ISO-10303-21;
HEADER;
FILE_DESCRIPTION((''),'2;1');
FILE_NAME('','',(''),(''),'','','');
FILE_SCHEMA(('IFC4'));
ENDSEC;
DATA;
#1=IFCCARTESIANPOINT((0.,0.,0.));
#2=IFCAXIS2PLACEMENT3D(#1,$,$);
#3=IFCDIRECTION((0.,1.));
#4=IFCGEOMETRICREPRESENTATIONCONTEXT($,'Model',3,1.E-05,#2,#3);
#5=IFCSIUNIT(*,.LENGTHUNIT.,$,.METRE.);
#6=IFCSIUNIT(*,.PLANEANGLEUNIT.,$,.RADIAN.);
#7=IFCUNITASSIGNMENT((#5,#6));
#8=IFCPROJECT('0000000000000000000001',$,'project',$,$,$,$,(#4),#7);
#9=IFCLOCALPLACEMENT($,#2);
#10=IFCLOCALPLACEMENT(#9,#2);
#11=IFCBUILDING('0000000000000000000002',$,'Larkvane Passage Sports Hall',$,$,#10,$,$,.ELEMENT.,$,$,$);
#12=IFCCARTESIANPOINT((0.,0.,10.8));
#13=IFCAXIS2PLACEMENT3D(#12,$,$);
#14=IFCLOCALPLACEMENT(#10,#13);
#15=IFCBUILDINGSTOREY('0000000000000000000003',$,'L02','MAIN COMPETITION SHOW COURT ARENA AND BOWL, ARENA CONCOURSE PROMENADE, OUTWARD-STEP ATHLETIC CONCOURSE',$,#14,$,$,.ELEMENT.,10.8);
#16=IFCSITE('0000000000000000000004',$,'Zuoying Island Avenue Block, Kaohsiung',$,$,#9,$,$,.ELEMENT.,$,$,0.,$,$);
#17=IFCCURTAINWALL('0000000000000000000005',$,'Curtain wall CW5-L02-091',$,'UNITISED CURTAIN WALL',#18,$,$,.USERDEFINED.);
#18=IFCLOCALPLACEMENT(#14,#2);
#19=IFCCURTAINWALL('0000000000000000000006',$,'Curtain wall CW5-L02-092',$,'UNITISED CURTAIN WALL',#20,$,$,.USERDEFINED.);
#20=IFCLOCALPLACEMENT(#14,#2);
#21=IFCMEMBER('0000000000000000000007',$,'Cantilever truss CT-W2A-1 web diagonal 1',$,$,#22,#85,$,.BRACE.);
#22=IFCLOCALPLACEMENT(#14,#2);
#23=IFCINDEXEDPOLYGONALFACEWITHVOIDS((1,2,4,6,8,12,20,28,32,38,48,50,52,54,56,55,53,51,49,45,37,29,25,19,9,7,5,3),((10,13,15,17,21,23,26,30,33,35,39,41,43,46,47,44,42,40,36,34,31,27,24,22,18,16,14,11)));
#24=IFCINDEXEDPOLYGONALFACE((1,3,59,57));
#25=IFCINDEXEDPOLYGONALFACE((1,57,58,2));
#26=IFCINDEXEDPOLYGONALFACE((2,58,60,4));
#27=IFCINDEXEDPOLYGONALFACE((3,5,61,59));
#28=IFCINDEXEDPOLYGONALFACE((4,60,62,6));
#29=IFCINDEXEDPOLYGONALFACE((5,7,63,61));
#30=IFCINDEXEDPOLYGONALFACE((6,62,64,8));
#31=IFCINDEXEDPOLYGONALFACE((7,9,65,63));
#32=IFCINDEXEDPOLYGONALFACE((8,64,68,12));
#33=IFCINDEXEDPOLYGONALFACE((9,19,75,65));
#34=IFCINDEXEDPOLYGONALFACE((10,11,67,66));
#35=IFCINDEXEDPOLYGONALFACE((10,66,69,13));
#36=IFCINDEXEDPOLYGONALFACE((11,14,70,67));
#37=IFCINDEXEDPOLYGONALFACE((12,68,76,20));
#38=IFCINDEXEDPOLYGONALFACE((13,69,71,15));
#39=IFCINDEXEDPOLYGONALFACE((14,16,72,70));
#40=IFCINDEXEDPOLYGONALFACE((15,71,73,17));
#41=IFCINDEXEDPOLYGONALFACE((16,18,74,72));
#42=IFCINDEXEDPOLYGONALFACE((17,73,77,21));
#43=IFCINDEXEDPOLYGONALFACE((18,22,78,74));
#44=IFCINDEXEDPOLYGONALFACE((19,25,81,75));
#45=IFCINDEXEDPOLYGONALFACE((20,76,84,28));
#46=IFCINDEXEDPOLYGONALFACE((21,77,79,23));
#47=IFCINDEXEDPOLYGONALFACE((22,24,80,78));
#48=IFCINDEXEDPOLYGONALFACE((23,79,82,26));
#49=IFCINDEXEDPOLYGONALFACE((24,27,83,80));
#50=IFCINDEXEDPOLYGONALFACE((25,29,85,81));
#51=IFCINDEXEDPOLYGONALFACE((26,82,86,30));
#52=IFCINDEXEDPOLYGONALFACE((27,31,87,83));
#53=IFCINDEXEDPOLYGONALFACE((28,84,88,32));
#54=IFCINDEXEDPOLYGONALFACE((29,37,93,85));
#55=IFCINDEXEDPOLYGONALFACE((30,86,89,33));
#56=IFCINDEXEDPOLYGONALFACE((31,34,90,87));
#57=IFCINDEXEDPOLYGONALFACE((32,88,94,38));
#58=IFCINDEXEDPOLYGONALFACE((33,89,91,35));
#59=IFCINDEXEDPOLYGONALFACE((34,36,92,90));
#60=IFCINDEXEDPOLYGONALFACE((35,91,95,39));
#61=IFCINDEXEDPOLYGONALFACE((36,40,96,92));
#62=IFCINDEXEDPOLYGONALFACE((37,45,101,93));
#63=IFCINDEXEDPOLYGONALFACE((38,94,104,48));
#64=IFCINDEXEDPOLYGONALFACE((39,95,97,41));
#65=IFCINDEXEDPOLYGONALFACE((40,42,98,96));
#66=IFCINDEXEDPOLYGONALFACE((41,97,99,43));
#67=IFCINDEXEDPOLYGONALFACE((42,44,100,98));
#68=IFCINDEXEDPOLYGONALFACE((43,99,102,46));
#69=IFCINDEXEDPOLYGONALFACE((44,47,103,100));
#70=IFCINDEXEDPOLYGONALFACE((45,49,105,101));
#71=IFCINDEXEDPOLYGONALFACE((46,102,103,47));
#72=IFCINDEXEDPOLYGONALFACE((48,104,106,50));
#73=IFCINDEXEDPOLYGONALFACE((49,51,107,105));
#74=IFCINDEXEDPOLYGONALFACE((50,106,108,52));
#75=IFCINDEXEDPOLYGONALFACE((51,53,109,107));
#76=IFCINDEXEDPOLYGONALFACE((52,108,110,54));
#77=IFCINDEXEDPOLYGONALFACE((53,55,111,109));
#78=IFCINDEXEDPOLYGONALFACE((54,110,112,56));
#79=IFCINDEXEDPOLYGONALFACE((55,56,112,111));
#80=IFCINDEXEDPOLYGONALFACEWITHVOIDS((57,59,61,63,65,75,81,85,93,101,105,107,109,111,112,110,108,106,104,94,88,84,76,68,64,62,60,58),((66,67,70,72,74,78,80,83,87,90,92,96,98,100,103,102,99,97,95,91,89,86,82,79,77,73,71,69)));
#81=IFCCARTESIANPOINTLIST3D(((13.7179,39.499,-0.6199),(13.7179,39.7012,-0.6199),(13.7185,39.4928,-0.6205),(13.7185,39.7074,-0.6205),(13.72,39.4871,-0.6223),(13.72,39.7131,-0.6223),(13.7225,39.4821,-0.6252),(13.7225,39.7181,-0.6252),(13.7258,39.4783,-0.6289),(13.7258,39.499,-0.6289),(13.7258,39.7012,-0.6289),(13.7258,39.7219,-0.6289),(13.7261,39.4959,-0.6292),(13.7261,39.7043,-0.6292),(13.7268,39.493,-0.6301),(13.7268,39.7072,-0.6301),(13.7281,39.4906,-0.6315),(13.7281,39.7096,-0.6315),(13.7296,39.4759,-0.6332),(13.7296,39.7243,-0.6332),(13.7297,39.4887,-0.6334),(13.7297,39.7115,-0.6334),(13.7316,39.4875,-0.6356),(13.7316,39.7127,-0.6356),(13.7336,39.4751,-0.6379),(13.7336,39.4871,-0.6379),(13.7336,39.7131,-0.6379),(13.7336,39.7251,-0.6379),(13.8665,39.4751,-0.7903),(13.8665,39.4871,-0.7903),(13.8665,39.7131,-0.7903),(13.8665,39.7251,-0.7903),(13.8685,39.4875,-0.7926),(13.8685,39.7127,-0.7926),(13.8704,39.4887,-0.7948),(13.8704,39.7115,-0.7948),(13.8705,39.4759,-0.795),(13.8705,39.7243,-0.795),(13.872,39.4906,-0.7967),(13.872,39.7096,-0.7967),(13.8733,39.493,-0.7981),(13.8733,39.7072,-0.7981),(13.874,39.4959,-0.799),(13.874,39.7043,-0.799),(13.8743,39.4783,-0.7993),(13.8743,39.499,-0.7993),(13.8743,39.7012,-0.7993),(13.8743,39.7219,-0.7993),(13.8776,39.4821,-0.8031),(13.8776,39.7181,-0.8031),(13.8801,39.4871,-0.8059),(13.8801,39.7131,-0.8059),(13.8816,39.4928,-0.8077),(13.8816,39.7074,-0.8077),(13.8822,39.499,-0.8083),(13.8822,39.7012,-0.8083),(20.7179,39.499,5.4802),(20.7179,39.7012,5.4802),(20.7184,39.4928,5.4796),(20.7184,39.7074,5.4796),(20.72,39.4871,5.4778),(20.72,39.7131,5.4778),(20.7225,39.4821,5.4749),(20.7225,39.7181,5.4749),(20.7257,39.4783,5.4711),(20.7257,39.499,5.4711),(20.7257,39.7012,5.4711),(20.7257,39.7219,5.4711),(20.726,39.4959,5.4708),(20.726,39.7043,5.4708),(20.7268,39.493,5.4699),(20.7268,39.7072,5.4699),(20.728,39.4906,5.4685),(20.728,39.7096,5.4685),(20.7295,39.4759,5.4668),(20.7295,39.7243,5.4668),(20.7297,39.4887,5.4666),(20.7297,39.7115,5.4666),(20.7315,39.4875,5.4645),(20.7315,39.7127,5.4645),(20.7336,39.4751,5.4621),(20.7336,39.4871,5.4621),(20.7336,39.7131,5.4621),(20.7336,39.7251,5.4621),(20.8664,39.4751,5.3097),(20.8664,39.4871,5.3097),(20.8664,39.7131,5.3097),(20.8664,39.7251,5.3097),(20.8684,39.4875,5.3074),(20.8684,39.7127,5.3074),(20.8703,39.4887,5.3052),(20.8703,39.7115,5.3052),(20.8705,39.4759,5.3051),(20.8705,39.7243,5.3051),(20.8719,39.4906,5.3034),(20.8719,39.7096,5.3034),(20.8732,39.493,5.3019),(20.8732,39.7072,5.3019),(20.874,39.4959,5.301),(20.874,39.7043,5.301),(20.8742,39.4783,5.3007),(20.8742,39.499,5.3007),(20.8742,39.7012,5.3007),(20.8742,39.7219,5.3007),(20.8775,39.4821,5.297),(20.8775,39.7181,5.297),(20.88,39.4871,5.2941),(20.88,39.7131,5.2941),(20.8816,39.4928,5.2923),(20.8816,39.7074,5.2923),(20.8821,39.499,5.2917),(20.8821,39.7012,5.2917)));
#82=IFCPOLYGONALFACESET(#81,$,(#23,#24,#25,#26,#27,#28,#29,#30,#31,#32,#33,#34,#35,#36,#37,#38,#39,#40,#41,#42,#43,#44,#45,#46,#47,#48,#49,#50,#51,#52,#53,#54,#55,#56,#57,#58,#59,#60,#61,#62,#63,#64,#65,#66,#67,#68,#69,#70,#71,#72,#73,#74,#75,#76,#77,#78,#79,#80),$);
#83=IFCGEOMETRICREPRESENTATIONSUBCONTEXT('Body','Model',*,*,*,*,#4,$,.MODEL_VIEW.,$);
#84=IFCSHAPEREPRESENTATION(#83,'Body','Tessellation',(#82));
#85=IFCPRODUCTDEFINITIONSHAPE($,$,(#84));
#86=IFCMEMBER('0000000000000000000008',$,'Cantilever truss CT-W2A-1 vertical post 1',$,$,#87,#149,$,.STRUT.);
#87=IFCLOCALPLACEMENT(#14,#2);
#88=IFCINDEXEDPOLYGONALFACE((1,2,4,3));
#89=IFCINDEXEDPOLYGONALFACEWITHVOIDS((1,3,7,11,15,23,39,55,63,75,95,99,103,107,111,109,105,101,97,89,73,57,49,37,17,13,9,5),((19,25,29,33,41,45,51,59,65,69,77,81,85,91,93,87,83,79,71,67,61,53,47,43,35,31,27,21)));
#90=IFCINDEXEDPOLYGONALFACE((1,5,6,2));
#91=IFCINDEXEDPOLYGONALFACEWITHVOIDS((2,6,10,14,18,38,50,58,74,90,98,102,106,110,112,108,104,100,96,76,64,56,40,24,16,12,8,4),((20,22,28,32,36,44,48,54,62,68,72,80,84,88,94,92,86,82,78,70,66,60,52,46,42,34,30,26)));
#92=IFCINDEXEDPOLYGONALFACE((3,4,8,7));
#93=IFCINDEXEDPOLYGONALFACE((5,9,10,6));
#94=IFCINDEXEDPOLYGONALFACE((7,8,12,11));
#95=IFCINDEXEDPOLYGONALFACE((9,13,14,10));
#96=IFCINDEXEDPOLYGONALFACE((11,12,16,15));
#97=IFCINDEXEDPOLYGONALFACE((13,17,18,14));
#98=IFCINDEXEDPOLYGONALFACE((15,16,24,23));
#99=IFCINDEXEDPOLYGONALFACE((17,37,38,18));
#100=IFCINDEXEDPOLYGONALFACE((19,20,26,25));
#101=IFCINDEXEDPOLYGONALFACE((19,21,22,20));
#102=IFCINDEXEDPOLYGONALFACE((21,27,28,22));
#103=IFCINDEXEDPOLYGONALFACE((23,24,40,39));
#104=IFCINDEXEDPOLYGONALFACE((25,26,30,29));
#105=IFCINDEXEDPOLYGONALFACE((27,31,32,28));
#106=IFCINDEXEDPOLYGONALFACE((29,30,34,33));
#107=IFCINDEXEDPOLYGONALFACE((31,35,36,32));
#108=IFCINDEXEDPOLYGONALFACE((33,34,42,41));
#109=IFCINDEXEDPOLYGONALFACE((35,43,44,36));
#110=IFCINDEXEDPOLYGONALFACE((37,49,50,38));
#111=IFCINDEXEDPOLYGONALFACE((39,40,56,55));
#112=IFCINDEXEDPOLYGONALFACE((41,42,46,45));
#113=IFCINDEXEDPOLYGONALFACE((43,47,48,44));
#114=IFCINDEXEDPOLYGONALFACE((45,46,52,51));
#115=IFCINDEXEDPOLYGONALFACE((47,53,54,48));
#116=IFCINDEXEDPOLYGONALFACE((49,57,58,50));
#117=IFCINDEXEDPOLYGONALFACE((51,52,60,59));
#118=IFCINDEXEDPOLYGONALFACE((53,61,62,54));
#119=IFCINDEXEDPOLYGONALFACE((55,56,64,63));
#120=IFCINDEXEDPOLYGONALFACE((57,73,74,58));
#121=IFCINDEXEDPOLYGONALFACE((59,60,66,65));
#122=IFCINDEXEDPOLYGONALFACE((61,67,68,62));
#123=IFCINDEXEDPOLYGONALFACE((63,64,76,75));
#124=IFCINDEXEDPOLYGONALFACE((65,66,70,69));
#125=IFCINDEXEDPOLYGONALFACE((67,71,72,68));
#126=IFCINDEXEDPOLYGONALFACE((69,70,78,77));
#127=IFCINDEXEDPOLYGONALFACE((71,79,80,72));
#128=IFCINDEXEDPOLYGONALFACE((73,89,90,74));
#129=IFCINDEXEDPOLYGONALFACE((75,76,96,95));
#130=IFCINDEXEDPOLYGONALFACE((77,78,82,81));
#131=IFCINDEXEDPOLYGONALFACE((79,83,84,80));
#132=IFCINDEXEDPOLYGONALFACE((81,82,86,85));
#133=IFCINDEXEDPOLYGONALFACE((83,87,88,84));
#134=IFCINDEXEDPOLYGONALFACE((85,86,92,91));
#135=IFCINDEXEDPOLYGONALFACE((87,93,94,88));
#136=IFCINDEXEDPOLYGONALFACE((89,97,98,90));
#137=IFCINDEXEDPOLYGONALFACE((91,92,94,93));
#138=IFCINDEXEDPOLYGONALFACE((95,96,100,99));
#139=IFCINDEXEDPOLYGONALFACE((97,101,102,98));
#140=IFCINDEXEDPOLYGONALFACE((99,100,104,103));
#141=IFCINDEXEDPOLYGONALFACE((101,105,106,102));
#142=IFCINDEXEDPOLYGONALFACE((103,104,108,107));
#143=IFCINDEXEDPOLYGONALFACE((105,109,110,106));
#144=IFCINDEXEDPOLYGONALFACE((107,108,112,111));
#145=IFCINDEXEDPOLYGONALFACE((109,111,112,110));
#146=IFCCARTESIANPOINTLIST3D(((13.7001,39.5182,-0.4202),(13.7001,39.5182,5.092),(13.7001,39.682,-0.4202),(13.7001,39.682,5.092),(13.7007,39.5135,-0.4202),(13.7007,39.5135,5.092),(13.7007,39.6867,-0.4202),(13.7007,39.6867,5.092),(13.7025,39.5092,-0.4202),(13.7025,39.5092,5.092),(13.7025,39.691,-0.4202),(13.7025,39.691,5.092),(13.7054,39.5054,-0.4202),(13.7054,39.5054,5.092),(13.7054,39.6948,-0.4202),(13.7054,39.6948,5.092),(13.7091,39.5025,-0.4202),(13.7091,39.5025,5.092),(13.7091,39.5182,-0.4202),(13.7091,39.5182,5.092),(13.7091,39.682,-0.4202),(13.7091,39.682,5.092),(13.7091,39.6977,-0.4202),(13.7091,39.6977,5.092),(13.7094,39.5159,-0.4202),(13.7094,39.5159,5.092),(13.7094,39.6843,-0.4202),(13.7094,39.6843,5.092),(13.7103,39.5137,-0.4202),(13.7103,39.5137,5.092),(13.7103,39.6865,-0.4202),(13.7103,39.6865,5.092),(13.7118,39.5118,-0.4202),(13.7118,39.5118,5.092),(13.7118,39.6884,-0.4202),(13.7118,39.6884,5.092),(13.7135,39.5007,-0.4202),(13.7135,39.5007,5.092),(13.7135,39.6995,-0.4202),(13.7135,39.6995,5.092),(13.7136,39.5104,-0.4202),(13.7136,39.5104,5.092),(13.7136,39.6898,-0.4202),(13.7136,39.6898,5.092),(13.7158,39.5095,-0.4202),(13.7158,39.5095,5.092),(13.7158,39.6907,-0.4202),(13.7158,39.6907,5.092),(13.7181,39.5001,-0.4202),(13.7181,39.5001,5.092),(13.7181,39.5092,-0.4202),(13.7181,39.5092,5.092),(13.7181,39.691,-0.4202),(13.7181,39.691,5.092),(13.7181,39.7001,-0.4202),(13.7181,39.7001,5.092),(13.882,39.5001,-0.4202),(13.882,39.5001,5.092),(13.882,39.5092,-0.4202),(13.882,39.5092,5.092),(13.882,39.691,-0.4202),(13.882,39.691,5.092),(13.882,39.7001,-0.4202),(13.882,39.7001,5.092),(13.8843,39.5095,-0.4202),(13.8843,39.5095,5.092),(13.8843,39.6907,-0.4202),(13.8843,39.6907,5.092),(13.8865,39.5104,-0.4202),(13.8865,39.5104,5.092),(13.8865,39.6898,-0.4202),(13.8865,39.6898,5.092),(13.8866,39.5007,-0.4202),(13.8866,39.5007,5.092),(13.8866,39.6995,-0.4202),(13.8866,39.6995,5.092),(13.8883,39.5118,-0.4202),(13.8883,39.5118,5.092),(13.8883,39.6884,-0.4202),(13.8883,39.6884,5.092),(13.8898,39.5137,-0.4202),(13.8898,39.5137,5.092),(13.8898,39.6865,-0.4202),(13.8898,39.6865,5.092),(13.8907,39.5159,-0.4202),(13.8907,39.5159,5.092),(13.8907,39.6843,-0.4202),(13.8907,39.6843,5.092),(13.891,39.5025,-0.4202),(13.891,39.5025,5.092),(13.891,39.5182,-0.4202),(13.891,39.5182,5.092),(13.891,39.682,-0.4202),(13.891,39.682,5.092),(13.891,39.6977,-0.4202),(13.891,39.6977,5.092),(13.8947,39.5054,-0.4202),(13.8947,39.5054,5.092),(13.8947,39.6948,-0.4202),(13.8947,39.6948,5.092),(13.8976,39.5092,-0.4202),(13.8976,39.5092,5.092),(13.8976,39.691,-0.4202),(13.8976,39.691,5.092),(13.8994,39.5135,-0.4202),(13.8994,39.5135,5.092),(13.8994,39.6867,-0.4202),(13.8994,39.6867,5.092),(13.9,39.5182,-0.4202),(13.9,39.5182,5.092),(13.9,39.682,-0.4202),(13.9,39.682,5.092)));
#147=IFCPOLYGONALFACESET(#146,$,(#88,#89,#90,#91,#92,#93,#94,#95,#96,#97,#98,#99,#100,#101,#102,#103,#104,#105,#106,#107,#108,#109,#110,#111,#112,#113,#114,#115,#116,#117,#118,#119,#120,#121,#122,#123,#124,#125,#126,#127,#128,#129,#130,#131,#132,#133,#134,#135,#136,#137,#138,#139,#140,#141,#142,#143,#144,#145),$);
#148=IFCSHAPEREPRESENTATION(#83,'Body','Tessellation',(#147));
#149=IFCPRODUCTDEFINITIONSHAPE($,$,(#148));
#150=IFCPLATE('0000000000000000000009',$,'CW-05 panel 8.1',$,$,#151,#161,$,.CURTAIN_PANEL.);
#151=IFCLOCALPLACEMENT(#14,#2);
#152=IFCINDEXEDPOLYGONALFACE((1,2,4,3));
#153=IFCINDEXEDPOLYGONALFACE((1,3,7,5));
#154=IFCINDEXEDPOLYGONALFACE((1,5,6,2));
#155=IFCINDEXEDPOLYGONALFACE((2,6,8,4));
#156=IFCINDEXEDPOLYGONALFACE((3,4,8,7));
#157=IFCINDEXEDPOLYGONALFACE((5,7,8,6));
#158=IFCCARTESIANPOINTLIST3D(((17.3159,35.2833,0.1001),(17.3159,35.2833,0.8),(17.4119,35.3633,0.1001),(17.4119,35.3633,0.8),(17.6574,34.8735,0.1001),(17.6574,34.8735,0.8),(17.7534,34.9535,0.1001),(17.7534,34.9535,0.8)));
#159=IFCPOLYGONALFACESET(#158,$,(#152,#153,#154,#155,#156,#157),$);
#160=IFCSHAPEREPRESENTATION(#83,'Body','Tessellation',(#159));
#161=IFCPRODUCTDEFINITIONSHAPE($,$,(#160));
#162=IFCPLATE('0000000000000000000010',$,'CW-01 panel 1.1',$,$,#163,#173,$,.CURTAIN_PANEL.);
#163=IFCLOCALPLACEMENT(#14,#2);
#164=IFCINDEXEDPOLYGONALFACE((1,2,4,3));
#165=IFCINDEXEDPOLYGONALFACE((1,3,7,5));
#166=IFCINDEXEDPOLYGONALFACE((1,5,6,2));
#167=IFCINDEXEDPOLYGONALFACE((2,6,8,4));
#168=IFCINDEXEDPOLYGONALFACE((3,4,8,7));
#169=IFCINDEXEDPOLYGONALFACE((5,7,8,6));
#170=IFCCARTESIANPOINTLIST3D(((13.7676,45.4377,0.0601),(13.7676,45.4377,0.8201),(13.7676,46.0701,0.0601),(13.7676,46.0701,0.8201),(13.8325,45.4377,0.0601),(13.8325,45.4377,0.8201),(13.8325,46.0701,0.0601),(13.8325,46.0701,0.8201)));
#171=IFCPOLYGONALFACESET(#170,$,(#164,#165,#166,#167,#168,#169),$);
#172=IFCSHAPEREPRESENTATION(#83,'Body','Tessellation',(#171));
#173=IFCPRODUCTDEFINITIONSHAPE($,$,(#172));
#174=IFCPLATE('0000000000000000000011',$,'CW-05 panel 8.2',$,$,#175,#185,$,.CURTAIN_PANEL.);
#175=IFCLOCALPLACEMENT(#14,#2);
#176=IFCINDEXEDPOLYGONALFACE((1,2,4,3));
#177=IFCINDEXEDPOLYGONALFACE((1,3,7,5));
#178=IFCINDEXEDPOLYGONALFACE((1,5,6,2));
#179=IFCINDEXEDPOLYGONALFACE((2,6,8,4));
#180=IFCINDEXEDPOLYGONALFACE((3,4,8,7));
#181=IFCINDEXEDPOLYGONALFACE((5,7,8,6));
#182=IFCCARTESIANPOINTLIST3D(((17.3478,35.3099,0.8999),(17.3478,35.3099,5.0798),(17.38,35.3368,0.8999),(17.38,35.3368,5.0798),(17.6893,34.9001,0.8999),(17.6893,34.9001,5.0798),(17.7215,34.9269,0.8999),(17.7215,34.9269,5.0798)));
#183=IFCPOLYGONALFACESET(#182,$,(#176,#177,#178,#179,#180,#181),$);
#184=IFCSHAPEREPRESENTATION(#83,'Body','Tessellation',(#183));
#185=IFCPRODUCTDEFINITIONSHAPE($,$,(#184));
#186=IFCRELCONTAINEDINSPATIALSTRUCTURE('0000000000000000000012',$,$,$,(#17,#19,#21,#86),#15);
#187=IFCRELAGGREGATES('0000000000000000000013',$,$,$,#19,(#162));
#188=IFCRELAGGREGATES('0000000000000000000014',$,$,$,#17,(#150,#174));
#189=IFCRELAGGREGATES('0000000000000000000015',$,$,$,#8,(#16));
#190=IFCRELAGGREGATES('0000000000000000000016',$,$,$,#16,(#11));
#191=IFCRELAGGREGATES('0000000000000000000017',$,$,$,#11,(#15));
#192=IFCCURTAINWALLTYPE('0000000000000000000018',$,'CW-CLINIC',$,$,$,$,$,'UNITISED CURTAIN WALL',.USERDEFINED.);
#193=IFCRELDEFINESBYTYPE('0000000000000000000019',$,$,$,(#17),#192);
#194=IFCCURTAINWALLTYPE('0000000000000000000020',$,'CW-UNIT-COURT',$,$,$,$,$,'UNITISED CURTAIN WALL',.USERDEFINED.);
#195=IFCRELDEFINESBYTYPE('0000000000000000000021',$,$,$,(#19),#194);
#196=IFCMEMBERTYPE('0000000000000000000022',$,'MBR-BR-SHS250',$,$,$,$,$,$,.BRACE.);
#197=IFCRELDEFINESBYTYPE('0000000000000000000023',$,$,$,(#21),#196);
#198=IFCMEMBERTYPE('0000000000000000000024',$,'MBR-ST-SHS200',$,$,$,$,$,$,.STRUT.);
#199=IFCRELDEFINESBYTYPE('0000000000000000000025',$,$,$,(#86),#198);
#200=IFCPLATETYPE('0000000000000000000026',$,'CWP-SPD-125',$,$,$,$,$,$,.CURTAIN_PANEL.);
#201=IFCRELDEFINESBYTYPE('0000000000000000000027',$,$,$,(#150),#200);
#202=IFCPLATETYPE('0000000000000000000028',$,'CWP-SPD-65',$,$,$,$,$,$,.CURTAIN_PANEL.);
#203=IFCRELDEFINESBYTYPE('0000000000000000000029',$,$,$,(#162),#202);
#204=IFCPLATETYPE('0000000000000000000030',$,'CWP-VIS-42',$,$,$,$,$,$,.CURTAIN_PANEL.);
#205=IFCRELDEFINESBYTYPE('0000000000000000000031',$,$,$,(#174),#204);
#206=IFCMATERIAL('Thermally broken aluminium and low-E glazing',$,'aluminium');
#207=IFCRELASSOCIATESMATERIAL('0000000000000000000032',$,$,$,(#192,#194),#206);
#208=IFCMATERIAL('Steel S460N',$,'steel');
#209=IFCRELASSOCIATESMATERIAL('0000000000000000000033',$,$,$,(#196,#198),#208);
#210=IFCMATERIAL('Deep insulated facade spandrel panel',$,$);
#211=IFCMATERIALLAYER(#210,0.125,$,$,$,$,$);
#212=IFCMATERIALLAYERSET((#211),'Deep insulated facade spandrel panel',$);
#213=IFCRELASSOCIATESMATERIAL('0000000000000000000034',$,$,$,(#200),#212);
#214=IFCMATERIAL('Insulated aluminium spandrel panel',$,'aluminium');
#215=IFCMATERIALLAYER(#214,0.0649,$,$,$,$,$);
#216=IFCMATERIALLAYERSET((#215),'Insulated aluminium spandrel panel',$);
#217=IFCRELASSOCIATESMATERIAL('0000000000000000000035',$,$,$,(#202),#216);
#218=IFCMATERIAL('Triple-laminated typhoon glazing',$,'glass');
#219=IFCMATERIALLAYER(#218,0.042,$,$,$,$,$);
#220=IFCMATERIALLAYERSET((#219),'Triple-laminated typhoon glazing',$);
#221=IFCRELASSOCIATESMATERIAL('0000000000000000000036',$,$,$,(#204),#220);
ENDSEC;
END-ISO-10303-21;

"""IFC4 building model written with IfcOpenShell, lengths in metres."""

from ifc_helpers import new_model, si_unit, direction, frame, origin, origin_2d, place, context, subcontext, project, spatial, rectangle, hollow_rectangle, extrude, material, layer, layer_set, material_profile, profile_set, type_object, element, aggregate, save


model = new_model("IFC4")

# Units and contexts
model_context = context("Model", 3, precision=1e-05, world=origin(), true_north=direction((0.0, 1.0)))
body_context = subcontext(model_context, "Body", "Model", "MODEL_VIEW")
ifc_project = project(units=[si_unit("LENGTHUNIT", "METRE"), si_unit("PLANEANGLEUNIT", "RADIAN")], contexts=[model_context])

# Site, building, storey
site_placement = place(None, origin())
site = spatial("IfcSite", under=ifc_project, at=site_placement, Name="Zuoying Island Avenue Block, Kaohsiung", CompositionType="ELEMENT", RefElevation=0.0)
building_placement = place(site_placement, origin())
building = spatial("IfcBuilding", under=site, at=building_placement, Name="Larkvane Passage Sports Hall", CompositionType="ELEMENT")
storey_placement = place(building_placement, frame((0.0, 0.0, 10.8)))
storey = spatial("IfcBuildingStorey", under=building, at=storey_placement, Name="L02", Description="MAIN COMPETITION SHOW COURT ARENA AND BOWL, ARENA CONCOURSE PROMENADE, OUTWARD-STEP ATHLETIC CONCOURSE", CompositionType="ELEMENT", Elevation=10.8)

# Shared definitions
ifc_material_1 = material(Name="Steel S460N", Category="steel")

# Curtain walls
ifc_material_2 = material(Name="Thermally broken aluminium and low-E glazing", Category="aluminium")
curtain_wall_type_1 = type_object("IfcCurtainWallType", Name="CW-CLINIC", ElementType="UNITISED CURTAIN WALL", PredefinedType="USERDEFINED", material=ifc_material_2)
curtain_wall_1_placement = place(storey_placement, origin())
curtain_wall_1 = element("IfcCurtainWall", 1, at=curtain_wall_1_placement, inside=storey, type_object=curtain_wall_type_1, Name="Curtain wall CW5-L02-091", ObjectType="UNITISED CURTAIN WALL", PredefinedType="USERDEFINED")
curtain_wall_type_2 = type_object("IfcCurtainWallType", Name="CW-UNIT-COURT", ElementType="UNITISED CURTAIN WALL", PredefinedType="USERDEFINED", material=ifc_material_2)
curtain_wall_2_placement = place(storey_placement, origin())
curtain_wall_2 = element("IfcCurtainWall", 2, at=curtain_wall_2_placement, inside=storey, type_object=curtain_wall_type_2, Name="Curtain wall CW5-L02-092", ObjectType="UNITISED CURTAIN WALL", PredefinedType="USERDEFINED")

# Members
ifc_material_profile_1 = material_profile(ifc_material_1, hollow_rectangle(XDim=0.25, YDim=0.25, WallThickness=0.012, InnerFilletRadius=0.012, OuterFilletRadius=0.0239, at=origin_2d()), Name="SHS-250x250x12")
ifc_profile_set_1 = profile_set([ifc_material_profile_1], Name="Steel S460N")
member_type_1 = type_object("IfcMemberType", Name="MBR-BR-SHS250", PredefinedType="BRACE", material=ifc_profile_set_1)
member_1_placement = place(storey_placement, frame((13.8, 39.6001, -0.7141), z_axis=(0.753904, 0.0, 0.656984), x_axis=(0.0, 1.0, 0.0)))
element("IfcMember", 3, at=member_1_placement, inside=storey, type_object=member_type_1, Name="Cantilever truss CT-W2A-1 web diagonal 1", PredefinedType="BRACE", context=body_context, shape_type="SweptSolid", body=[
    extrude(hollow_rectangle(XDim=0.25, YDim=0.25, WallThickness=0.012, InnerFilletRadius=0.012, OuterFilletRadius=0.0239, at=origin_2d()), origin(), (0.0, 0.0, 1.0), 9.2849),
])
ifc_material_profile_2 = material_profile(ifc_material_1, hollow_rectangle(XDim=0.2, YDim=0.2, WallThickness=0.009, InnerFilletRadius=0.009, OuterFilletRadius=0.0181, at=origin_2d()), Name="SHS-200x200x9")
ifc_profile_set_2 = profile_set([ifc_material_profile_2], Name="Steel S460N")
member_type_2 = type_object("IfcMemberType", Name="MBR-ST-SHS200", PredefinedType="STRUT", material=ifc_profile_set_2)
member_2_placement = place(storey_placement, frame((13.8, 39.6001, -0.4202), z_axis=(0.0, 0.0, 1.0), x_axis=(1.0, 0.0, 0.0)))
element("IfcMember", 4, at=member_2_placement, inside=storey, type_object=member_type_2, Name="Cantilever truss CT-W2A-1 vertical post 1", PredefinedType="STRUT", context=body_context, shape_type="SweptSolid", body=[
    extrude(hollow_rectangle(XDim=0.2, YDim=0.2, WallThickness=0.009, InnerFilletRadius=0.009, OuterFilletRadius=0.0181, at=origin_2d()), origin(), (0.0, 0.0, 1.0), 5.5122),
])

# Plates
ifc_material_3 = material(Name="Deep insulated facade spandrel panel")
ifc_layer_1 = layer(ifc_material_3, 0.125)
ifc_layer_set_1 = layer_set([ifc_layer_1], Name="Deep insulated facade spandrel panel")
plate_type_1 = type_object("IfcPlateType", Name="CWP-SPD-125", PredefinedType="CURTAIN_PANEL", material=ifc_layer_set_1)
plate_1_placement = place(storey_placement, frame((17.5347, 35.1184, 0.1001), z_axis=(0.0, 0.0, 1.0), x_axis=(-0.640184, 0.768221, 0.0)))
plate_1 = element("IfcPlate", 5, at=plate_1_placement, type_object=plate_type_1, Name="CW-05 panel 8.1", PredefinedType="CURTAIN_PANEL", context=body_context, shape_type="SweptSolid", body=[
    extrude(rectangle(XDim=0.5334, YDim=0.125, at=origin_2d()), origin(), (0.0, 0.0, 1.0), 0.7),
])
ifc_material_4 = material(Name="Insulated aluminium spandrel panel", Category="aluminium")
ifc_layer_2 = layer(ifc_material_4, 0.0649)
ifc_layer_set_2 = layer_set([ifc_layer_2], Name="Insulated aluminium spandrel panel")
plate_type_2 = type_object("IfcPlateType", Name="CWP-SPD-65", PredefinedType="CURTAIN_PANEL", material=ifc_layer_set_2)
plate_2_placement = place(storey_placement, frame((13.8, 45.7539, 0.0601), z_axis=(0.0, 0.0, 1.0), x_axis=(0.0, 1.0, 0.0)))
plate_2 = element("IfcPlate", 6, at=plate_2_placement, type_object=plate_type_2, Name="CW-01 panel 1.1", PredefinedType="CURTAIN_PANEL", context=body_context, shape_type="SweptSolid", body=[
    extrude(rectangle(XDim=0.6323, YDim=0.0649, at=origin_2d()), origin(), (0.0, 0.0, 1.0), 0.76),
])
aggregate(curtain_wall_2, [plate_2])
ifc_material_5 = material(Name="Triple-laminated typhoon glazing", Category="glass")
ifc_layer_3 = layer(ifc_material_5, 0.042)
ifc_layer_set_3 = layer_set([ifc_layer_3], Name="Triple-laminated typhoon glazing")
plate_type_3 = type_object("IfcPlateType", Name="CWP-VIS-42", PredefinedType="CURTAIN_PANEL", material=ifc_layer_set_3)
plate_3_placement = place(storey_placement, frame((17.5347, 35.1184, 0.8999), z_axis=(0.0, 0.0, 1.0), x_axis=(-0.640184, 0.768221, 0.0)))
plate_3 = element("IfcPlate", 7, at=plate_3_placement, type_object=plate_type_3, Name="CW-05 panel 8.2", PredefinedType="CURTAIN_PANEL", context=body_context, shape_type="SweptSolid", body=[
    extrude(rectangle(XDim=0.5334, YDim=0.042, at=origin_2d()), origin(), (0.0, 0.0, 1.0), 4.1799),
])
aggregate(curtain_wall_1, [plate_1, plate_3])

save(model, "model.ifc")
